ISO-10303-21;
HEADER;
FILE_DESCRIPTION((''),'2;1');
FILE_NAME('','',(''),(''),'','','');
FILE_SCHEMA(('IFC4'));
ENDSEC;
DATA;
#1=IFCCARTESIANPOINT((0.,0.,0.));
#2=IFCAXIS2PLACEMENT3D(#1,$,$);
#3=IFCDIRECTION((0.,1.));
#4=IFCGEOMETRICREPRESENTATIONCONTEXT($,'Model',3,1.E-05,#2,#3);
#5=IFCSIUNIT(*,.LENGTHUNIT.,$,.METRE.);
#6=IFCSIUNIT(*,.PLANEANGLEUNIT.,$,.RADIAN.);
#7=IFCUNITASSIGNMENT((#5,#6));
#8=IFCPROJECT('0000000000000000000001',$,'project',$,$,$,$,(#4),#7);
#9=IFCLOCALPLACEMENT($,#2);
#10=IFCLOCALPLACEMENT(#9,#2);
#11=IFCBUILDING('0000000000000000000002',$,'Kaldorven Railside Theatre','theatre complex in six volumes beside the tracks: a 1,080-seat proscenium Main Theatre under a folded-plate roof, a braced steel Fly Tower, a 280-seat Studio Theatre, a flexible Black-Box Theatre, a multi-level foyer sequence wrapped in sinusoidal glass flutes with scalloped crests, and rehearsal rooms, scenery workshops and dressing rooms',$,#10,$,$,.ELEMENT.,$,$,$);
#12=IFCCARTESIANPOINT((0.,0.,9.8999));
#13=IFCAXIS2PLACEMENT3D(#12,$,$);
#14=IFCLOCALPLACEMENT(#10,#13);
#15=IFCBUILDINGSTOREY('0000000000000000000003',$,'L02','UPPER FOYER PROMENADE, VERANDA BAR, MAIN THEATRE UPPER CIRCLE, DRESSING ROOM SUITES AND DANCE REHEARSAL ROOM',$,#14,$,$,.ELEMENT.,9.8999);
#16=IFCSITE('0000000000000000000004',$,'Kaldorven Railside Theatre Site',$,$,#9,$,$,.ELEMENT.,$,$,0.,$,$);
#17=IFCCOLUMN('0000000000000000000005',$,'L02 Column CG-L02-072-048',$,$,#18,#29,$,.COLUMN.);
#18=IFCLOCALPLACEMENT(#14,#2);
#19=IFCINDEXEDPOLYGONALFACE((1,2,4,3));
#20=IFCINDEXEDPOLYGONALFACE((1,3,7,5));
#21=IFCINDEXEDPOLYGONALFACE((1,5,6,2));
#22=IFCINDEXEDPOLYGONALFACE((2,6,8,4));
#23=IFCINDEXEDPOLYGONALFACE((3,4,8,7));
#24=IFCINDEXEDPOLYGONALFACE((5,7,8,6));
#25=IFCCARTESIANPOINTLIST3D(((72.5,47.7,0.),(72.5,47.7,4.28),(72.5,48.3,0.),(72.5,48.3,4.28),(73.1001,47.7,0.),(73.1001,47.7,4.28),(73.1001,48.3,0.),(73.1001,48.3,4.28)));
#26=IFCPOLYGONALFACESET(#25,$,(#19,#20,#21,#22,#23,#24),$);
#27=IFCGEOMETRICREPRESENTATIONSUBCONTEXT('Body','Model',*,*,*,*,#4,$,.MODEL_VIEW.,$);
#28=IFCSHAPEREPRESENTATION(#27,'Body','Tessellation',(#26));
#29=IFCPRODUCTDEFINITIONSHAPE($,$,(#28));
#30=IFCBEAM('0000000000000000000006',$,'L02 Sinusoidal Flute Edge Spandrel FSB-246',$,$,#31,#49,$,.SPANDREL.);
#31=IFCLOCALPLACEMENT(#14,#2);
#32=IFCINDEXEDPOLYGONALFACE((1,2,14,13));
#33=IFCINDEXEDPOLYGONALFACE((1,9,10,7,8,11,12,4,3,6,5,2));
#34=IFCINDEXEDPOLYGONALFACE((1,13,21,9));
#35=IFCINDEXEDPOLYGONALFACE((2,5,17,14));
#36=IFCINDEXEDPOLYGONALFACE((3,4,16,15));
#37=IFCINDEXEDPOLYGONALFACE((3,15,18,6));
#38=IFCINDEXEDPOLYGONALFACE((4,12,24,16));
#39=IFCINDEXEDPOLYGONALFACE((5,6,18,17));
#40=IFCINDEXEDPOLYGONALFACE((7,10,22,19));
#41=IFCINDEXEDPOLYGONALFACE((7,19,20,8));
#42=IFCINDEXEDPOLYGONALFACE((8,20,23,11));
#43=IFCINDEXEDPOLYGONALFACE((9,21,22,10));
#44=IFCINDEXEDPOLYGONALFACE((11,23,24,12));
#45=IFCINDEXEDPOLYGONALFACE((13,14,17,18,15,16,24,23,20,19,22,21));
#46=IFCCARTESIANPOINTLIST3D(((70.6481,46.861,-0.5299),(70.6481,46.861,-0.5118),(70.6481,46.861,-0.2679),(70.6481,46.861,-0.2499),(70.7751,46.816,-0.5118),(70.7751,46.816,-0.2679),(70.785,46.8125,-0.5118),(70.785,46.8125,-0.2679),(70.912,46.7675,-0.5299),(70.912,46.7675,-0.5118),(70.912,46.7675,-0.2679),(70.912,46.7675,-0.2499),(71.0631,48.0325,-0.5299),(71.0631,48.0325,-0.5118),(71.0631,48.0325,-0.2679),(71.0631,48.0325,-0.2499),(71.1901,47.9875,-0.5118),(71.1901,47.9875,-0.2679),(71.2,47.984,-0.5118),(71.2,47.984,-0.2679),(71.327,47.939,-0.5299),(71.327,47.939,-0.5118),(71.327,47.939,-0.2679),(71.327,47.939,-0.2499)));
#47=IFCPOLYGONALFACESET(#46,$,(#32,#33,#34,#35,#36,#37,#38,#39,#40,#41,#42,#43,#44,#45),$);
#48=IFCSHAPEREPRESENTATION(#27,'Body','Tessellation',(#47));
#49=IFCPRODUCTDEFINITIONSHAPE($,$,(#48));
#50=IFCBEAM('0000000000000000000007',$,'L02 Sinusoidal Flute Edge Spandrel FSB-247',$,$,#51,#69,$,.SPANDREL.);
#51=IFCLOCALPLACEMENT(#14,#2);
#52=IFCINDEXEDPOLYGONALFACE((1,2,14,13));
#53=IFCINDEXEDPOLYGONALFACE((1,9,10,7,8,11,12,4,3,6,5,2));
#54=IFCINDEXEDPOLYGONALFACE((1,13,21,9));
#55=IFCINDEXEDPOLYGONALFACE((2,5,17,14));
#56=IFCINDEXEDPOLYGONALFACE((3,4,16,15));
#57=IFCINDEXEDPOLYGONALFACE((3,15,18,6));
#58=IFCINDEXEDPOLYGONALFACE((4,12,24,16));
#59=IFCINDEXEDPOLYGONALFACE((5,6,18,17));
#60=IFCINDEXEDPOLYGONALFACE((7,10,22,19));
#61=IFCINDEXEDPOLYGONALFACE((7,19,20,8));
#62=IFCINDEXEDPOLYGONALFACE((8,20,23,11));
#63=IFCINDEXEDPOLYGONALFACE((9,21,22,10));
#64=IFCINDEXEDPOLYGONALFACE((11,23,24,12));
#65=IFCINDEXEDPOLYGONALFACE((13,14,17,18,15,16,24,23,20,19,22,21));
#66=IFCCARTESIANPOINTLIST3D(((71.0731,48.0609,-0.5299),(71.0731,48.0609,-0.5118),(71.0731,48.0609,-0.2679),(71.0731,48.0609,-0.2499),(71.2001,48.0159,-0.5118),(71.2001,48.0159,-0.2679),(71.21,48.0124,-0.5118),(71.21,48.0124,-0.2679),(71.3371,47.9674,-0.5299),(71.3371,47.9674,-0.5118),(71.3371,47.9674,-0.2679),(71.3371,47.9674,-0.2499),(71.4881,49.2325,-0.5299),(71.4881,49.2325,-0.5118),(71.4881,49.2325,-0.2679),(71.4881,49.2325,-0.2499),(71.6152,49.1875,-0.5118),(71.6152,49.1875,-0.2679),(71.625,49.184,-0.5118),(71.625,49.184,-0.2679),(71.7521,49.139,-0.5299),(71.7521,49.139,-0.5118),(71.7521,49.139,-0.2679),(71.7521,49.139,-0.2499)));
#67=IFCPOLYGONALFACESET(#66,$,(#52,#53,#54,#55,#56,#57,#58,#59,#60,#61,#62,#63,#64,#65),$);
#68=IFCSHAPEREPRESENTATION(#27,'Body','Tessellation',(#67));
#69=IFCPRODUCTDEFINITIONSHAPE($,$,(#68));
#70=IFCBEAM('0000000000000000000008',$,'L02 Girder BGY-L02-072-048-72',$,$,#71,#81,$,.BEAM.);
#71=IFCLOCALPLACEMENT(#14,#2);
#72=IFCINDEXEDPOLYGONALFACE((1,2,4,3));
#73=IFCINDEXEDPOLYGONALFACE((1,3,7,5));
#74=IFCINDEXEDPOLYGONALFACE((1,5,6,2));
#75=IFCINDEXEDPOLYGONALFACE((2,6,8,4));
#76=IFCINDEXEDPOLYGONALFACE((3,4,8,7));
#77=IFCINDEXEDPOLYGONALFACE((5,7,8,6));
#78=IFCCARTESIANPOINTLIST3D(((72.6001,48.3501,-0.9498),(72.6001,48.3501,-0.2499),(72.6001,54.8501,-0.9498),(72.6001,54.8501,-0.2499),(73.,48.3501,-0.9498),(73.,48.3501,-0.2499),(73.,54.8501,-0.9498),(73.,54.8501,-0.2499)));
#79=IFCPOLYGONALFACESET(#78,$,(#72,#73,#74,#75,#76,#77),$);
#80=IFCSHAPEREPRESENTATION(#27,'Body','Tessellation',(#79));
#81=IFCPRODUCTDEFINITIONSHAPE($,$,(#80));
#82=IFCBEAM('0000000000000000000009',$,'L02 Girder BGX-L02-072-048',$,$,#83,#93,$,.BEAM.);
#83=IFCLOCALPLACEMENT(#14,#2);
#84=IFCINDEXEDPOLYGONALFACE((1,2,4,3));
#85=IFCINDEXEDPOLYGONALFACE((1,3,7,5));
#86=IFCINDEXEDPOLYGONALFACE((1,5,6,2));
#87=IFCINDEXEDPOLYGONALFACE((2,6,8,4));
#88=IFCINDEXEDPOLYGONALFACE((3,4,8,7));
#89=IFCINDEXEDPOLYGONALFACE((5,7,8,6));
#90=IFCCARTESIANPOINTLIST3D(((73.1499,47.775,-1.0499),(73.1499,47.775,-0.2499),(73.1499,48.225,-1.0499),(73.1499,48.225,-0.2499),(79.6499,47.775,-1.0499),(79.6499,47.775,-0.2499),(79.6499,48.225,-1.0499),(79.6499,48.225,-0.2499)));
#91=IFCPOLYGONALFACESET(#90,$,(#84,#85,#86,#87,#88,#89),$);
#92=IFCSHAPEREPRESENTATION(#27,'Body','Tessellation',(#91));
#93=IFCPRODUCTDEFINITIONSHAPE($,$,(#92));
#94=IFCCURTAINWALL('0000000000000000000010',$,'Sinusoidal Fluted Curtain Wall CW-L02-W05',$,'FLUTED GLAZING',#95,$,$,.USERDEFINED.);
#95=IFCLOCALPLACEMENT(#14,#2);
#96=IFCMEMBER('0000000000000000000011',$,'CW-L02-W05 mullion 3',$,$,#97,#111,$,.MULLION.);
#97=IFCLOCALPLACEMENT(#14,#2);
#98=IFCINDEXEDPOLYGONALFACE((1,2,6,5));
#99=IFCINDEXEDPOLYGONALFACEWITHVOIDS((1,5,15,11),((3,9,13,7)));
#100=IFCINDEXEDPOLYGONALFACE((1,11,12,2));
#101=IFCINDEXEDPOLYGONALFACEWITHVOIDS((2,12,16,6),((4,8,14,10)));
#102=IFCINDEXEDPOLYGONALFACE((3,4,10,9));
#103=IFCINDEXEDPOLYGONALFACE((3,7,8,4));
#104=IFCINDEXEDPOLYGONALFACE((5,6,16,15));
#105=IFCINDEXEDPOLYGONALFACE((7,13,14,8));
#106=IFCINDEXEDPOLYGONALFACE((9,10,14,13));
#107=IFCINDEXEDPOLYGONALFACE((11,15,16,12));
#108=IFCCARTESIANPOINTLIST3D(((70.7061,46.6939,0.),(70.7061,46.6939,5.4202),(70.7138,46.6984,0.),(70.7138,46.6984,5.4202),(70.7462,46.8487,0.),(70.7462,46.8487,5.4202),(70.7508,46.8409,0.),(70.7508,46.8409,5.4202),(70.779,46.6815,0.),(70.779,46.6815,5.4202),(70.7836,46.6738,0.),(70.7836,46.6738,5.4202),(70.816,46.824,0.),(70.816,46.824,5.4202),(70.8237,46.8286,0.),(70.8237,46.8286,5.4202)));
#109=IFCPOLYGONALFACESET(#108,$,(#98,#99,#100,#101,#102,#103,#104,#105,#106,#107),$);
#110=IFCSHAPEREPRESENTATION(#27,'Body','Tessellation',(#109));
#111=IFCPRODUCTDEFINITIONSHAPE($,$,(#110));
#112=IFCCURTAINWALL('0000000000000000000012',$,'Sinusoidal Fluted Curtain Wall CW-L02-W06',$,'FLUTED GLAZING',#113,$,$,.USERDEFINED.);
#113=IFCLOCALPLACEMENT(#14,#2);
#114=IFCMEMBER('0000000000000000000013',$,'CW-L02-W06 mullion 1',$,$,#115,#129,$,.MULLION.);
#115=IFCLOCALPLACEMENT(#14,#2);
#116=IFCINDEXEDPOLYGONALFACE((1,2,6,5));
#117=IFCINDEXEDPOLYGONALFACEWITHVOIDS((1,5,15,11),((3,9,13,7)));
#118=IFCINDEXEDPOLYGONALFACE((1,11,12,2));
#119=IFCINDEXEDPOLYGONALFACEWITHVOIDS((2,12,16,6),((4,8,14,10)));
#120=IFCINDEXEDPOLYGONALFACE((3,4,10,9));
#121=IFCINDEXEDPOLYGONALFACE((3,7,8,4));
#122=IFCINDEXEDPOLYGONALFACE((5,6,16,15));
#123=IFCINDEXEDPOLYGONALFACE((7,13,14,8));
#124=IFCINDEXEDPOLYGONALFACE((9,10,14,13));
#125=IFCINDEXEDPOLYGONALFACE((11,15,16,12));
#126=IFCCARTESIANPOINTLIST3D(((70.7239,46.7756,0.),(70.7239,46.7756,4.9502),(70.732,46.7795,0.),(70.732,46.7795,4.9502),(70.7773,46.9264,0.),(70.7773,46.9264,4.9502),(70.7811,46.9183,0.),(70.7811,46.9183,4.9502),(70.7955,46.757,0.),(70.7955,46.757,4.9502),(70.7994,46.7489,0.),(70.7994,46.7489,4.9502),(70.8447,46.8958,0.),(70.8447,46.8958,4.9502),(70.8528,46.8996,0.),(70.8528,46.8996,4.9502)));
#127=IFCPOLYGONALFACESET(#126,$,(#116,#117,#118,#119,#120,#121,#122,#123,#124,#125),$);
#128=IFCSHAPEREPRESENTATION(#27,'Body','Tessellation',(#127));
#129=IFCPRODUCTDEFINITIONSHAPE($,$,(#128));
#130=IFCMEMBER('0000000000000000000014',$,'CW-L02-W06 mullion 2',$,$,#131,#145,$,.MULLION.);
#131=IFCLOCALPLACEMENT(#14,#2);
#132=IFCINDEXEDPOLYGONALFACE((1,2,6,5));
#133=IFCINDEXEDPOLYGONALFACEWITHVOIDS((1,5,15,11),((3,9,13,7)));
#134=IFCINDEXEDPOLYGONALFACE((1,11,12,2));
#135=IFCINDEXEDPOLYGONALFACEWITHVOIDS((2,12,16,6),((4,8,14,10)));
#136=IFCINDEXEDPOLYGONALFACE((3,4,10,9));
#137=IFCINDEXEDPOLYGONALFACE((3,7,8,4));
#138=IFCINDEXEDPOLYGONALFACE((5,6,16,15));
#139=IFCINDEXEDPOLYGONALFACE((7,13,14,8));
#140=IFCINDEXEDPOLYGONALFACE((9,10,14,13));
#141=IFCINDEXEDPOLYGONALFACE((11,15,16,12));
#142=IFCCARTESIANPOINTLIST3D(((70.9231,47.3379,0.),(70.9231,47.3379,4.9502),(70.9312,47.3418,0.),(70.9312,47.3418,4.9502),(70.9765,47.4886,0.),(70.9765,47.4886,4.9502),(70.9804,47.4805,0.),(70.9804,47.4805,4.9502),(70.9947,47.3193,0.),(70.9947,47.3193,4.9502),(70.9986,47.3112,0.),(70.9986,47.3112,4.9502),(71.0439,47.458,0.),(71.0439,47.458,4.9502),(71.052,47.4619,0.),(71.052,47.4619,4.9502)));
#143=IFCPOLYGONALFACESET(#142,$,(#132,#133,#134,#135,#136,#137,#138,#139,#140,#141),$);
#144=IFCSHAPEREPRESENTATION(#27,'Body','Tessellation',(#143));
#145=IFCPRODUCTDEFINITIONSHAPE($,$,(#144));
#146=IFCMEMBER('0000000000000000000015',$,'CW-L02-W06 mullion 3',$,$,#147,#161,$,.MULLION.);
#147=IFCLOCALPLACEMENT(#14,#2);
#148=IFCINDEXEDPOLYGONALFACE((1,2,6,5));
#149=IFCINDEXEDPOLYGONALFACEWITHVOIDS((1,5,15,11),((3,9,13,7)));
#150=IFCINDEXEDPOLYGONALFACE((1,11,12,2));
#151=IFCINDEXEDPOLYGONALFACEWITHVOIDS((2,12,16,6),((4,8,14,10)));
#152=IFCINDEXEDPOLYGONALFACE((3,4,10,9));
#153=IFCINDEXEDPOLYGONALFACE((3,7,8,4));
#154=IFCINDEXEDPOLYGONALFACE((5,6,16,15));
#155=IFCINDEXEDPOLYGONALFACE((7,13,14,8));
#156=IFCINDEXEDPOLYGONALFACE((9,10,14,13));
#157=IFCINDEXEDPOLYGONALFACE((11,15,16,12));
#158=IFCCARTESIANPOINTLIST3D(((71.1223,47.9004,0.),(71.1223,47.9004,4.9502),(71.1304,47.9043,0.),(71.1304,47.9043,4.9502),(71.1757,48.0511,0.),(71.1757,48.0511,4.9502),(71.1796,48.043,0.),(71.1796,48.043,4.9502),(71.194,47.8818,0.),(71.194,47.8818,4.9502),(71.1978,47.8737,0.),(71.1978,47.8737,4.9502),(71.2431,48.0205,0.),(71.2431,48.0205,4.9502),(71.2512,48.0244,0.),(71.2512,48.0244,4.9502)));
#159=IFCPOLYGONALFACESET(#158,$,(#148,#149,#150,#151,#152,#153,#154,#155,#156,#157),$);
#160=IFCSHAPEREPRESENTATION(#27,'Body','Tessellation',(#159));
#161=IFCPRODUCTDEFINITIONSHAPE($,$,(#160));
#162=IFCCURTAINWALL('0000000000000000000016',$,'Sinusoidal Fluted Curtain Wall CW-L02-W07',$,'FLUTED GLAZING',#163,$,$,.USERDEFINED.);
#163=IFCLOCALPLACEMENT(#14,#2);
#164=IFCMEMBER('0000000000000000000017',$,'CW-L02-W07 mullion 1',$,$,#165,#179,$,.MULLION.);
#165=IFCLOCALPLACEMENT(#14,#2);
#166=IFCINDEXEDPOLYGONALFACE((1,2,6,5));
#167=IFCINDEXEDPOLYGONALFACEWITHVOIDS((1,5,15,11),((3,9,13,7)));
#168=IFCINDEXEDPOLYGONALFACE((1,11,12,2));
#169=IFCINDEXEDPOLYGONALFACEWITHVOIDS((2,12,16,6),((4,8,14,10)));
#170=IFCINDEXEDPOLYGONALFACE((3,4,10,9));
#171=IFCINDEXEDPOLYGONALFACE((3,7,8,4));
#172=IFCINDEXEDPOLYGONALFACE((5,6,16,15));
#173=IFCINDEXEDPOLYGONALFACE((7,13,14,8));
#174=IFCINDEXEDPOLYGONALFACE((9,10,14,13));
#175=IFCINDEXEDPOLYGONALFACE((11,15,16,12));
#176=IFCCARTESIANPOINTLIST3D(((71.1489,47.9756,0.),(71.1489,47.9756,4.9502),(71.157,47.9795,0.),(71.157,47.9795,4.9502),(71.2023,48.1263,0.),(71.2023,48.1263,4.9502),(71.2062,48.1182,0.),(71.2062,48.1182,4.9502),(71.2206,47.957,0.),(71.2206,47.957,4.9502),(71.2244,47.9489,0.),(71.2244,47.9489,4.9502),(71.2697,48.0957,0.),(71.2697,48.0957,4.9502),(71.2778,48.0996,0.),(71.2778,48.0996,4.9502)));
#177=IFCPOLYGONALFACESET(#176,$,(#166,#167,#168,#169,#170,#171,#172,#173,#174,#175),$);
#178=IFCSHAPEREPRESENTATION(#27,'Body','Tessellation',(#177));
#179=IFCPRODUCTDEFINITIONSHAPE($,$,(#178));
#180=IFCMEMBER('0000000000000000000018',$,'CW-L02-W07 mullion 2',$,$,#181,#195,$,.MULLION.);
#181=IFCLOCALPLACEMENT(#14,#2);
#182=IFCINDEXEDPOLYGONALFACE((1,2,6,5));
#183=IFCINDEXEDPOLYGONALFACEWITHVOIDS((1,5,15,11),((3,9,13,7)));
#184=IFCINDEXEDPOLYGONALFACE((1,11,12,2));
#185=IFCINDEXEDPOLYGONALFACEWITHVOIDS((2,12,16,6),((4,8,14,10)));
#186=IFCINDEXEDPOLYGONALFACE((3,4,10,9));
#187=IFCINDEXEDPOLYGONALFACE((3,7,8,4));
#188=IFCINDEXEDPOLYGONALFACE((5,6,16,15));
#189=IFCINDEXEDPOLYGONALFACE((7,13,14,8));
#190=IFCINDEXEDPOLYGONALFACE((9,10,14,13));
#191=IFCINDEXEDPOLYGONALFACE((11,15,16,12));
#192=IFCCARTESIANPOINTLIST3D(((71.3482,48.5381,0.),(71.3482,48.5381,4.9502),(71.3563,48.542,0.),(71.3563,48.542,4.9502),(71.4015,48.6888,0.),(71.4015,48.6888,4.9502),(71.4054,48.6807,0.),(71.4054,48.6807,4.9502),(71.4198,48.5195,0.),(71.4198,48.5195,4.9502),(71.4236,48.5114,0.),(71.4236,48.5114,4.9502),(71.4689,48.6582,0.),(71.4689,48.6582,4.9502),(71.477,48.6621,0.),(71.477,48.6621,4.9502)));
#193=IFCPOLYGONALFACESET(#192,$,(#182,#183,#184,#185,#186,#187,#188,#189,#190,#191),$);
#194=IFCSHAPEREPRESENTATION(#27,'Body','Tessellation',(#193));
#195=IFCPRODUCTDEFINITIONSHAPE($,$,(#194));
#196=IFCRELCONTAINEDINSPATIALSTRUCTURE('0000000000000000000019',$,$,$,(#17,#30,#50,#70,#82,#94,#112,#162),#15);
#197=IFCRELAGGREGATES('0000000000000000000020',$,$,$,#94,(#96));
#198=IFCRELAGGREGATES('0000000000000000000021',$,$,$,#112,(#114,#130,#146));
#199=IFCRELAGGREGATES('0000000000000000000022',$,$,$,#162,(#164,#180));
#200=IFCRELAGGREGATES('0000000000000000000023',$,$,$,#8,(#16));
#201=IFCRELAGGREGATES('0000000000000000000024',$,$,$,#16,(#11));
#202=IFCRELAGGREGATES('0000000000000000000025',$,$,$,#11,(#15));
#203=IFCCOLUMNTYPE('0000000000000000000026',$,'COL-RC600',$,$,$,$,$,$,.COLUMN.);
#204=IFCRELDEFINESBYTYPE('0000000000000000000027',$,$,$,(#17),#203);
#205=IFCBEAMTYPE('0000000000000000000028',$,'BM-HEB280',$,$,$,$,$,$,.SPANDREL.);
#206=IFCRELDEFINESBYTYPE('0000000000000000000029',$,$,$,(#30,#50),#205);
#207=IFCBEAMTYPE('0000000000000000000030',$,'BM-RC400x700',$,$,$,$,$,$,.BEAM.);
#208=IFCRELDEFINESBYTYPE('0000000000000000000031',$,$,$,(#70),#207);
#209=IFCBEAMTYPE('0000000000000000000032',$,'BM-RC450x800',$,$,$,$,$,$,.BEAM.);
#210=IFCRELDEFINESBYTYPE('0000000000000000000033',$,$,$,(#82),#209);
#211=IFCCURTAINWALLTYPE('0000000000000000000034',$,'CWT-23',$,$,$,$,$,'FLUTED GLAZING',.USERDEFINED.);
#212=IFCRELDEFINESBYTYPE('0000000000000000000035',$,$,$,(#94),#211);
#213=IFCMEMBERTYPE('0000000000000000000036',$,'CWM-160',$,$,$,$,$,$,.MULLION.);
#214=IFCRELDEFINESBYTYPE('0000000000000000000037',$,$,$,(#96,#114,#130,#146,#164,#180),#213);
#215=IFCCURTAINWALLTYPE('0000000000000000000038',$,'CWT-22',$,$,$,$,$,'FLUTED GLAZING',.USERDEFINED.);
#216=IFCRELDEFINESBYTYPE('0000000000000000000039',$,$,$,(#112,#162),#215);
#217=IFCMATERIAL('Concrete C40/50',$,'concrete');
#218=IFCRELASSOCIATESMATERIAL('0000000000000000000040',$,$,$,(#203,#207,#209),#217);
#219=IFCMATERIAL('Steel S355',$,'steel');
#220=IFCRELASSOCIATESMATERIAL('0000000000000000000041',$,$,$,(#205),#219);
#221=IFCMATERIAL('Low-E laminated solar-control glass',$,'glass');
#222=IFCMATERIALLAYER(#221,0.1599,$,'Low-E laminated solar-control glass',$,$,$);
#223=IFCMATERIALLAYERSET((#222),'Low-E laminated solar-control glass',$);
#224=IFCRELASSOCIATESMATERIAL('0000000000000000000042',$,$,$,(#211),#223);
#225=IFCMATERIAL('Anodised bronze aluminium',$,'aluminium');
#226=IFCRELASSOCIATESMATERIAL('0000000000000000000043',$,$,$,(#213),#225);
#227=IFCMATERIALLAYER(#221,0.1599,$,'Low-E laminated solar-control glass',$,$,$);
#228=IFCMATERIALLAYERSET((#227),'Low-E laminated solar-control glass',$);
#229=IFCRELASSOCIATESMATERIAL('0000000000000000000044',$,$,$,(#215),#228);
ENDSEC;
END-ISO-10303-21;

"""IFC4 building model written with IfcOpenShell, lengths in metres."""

from ifc_helpers import new_model, si_unit, direction, frame, origin, origin_2d, place, context, subcontext, project, spatial, rectangle, hollow_rectangle, i_section, extrude, material, layer, layer_set, material_profile, profile_set, type_object, element, aggregate, save


model = new_model("IFC4")

# Units and contexts
model_context = context("Model", 3, precision=1e-05, world=origin(), true_north=direction((0.0, 1.0)))
body_context = subcontext(model_context, "Body", "Model", "MODEL_VIEW")
ifc_project = project(units=[si_unit("LENGTHUNIT", "METRE"), si_unit("PLANEANGLEUNIT", "RADIAN")], contexts=[model_context])

# Site, building, storey
site_placement = place(None, origin())
site = spatial("IfcSite", under=ifc_project, at=site_placement, Name="Kaldorven Railside Theatre Site", CompositionType="ELEMENT", RefElevation=0.0)
building_placement = place(site_placement, origin())
building = spatial("IfcBuilding", under=site, at=building_placement, Name="Kaldorven Railside Theatre", Description="theatre complex in six volumes beside the tracks: a 1,080-seat proscenium Main Theatre under a folded-plate roof, a braced steel Fly Tower, a 280-seat Studio Theatre, a flexible Black-Box Theatre, a multi-level foyer sequence wrapped in sinusoidal glass flutes with scalloped crests, and rehearsal rooms, scenery workshops and dressing rooms", CompositionType="ELEMENT")
storey_placement = place(building_placement, frame((0.0, 0.0, 9.8999)))
storey = spatial("IfcBuildingStorey", under=building, at=storey_placement, Name="L02", Description="UPPER FOYER PROMENADE, VERANDA BAR, MAIN THEATRE UPPER CIRCLE, DRESSING ROOM SUITES AND DANCE REHEARSAL ROOM", CompositionType="ELEMENT", Elevation=9.8999)

# Column
ifc_material_1 = material(Name="Concrete C40/50", Category="concrete")
ifc_material_profile_1 = material_profile(ifc_material_1, rectangle(XDim=0.6001, YDim=0.6001, at=origin_2d()), Name="RC 600x600")
ifc_profile_set_1 = profile_set([ifc_material_profile_1], Name="Concrete C40/50")
column_type = type_object("IfcColumnType", Name="COL-RC600", PredefinedType="COLUMN", material=ifc_profile_set_1)
column_placement = place(storey_placement, frame((72.8, 48.0, 0.0), z_axis=(0.0, 0.0, 1.0), x_axis=(1.0, 0.0, 0.0)))
element("IfcColumn", 1, at=column_placement, inside=storey, type_object=column_type, Name="L02 Column CG-L02-072-048", PredefinedType="COLUMN", context=body_context, shape_type="SweptSolid", body=[
    extrude(rectangle(XDim=0.6001, YDim=0.6001, at=origin_2d()), origin(), (0.0, 0.0, 1.0), 4.28),
])

# Beams
ifc_material_2 = material(Name="Steel S355", Category="steel")
ifc_material_profile_2 = material_profile(ifc_material_2, i_section(OverallWidth=0.28, OverallDepth=0.28, WebThickness=0.0105, FlangeThickness=0.0181, at=origin_2d()), Name="HEB 280")
ifc_profile_set_2 = profile_set([ifc_material_profile_2], Name="Steel S355")
beam_type_1 = type_object("IfcBeamType", Name="BM-HEB280", PredefinedType="SPANDREL", material=ifc_profile_set_2)
for number, where, z_axis, x_axis, name in (
    (2, (70.78, 46.8142, -0.3899), (0.333909, 0.942605, 0.0), (-0.942605, 0.333909, 0.0), "L02 Sinusoidal Flute Edge Spandrel FSB-246"),
    (3, (71.2051, 48.0142, -0.3899), (0.333909, 0.942605, 0.0), (-0.942605, 0.333909, 0.0), "L02 Sinusoidal Flute Edge Spandrel FSB-247"),
):
    element("IfcBeam", number, at=place(storey_placement, frame(where, z_axis=z_axis, x_axis=x_axis)), inside=storey, type_object=beam_type_1, Name=name, PredefinedType="SPANDREL", context=body_context, shape_type="SweptSolid", body=[
        extrude(i_section(OverallWidth=0.28, OverallDepth=0.28, WebThickness=0.0105, FlangeThickness=0.0181, at=origin_2d()), origin(), (0.0, 0.0, 1.0), 1.2429),
    ])
ifc_material_profile_3 = material_profile(ifc_material_1, rectangle(XDim=0.3999, YDim=0.7, at=origin_2d()), Name="RC 400x700")
ifc_profile_set_3 = profile_set([ifc_material_profile_3], Name="Concrete C40/50")
beam_type_2 = type_object("IfcBeamType", Name="BM-RC400x700", PredefinedType="BEAM", material=ifc_profile_set_3)
beam_1_placement = place(storey_placement, frame((72.8, 48.3501, -0.5999), z_axis=(0.0, 1.0, 0.0), x_axis=(-1.0, 0.0, 0.0)))
element("IfcBeam", 4, at=beam_1_placement, inside=storey, type_object=beam_type_2, Name="L02 Girder BGY-L02-072-048-72", PredefinedType="BEAM", context=body_context, shape_type="SweptSolid", body=[
    extrude(rectangle(XDim=0.3999, YDim=0.7, at=origin_2d()), origin(), (0.0, 0.0, 1.0), 6.5),
])
ifc_material_profile_4 = material_profile(ifc_material_1, rectangle(XDim=0.45, YDim=0.8, at=origin_2d()), Name="RC 450x800")
ifc_profile_set_4 = profile_set([ifc_material_profile_4], Name="Concrete C40/50")
beam_type_3 = type_object("IfcBeamType", Name="BM-RC450x800", PredefinedType="BEAM", material=ifc_profile_set_4)
beam_2_placement = place(storey_placement, frame((73.1499, 48.0, -0.6499), z_axis=(1.0, 0.0, 0.0), x_axis=(0.0, 1.0, 0.0)))
element("IfcBeam", 5, at=beam_2_placement, inside=storey, type_object=beam_type_3, Name="L02 Girder BGX-L02-072-048", PredefinedType="BEAM", context=body_context, shape_type="SweptSolid", body=[
    extrude(rectangle(XDim=0.45, YDim=0.8, at=origin_2d()), origin(), (0.0, 0.0, 1.0), 6.5),
])

# Curtain wall, member
ifc_material_3 = material(Name="Low-E laminated solar-control glass", Category="glass")
ifc_layer_1 = layer(ifc_material_3, 0.1599, Name="Low-E laminated solar-control glass")
ifc_layer_set_1 = layer_set([ifc_layer_1], Name="Low-E laminated solar-control glass")
curtain_wall_type_1 = type_object("IfcCurtainWallType", Name="CWT-23", ElementType="FLUTED GLAZING", PredefinedType="USERDEFINED", material=ifc_layer_set_1)
curtain_wall_1_placement = place(storey_placement, origin())
curtain_wall_1 = element("IfcCurtainWall", 6, at=curtain_wall_1_placement, inside=storey, type_object=curtain_wall_type_1, Name="Sinusoidal Fluted Curtain Wall CW-L02-W05", ObjectType="FLUTED GLAZING", PredefinedType="USERDEFINED")
ifc_material_4 = material(Name="Anodised bronze aluminium", Category="aluminium")
ifc_material_profile_5 = material_profile(ifc_material_4, hollow_rectangle(XDim=0.0801, YDim=0.1599, WallThickness=0.0063, at=origin_2d()), Name="RHS 160x80x6.3")
ifc_profile_set_5 = profile_set([ifc_material_profile_5], Name="Anodised bronze aluminium")
member_type_1 = type_object("IfcMemberType", Name="CWM-160", PredefinedType="MULLION", material=ifc_profile_set_5)
member_1_placement = place(storey_placement, frame((70.7649, 46.7612, 0.0), z_axis=(0.0, 0.0, 1.0), x_axis=(-0.967999, 0.250954, 0.0)))
member_1 = element("IfcMember", 7, at=member_1_placement, type_object=member_type_1, Name="CW-L02-W05 mullion 3", PredefinedType="MULLION", context=body_context, shape_type="SweptSolid", body=[
    extrude(hollow_rectangle(XDim=0.0801, YDim=0.1599, WallThickness=0.0063, at=origin_2d()), origin(), (0.0, 0.0, 1.0), 5.4202),
])
aggregate(curtain_wall_1, [member_1])

# Curtain walls, members
ifc_layer_2 = layer(ifc_material_3, 0.1599, Name="Low-E laminated solar-control glass")
ifc_layer_set_2 = layer_set([ifc_layer_2], Name="Low-E laminated solar-control glass")
curtain_wall_type_2 = type_object("IfcCurtainWallType", Name="CWT-22", ElementType="FLUTED GLAZING", PredefinedType="USERDEFINED", material=ifc_layer_set_2)
curtain_wall_2_placement = place(storey_placement, origin())
curtain_wall_2 = element("IfcCurtainWall", 8, at=curtain_wall_2_placement, inside=storey, type_object=curtain_wall_type_2, Name="Sinusoidal Fluted Curtain Wall CW-L02-W06", ObjectType="FLUTED GLAZING", PredefinedType="USERDEFINED")
member_2_placement = place(storey_placement, frame((70.7883, 46.8376, 0.0), z_axis=(0.0, 0.0, 1.0), x_axis=(-0.942627, 0.333847, 0.0)))
member_2 = element("IfcMember", 9, at=member_2_placement, type_object=member_type_1, Name="CW-L02-W06 mullion 1", PredefinedType="MULLION", context=body_context, shape_type="SweptSolid", body=[
    extrude(hollow_rectangle(XDim=0.0801, YDim=0.1599, WallThickness=0.0063, at=origin_2d()), origin(), (0.0, 0.0, 1.0), 4.9502),
])
member_3_placement = place(storey_placement, frame((70.9875, 47.3999, 0.0), z_axis=(0.0, 0.0, 1.0), x_axis=(-0.942627, 0.333847, 0.0)))
member_3 = element("IfcMember", 10, at=member_3_placement, type_object=member_type_1, Name="CW-L02-W06 mullion 2", PredefinedType="MULLION", context=body_context, shape_type="SweptSolid", body=[
    extrude(hollow_rectangle(XDim=0.0801, YDim=0.1599, WallThickness=0.0063, at=origin_2d()), origin(), (0.0, 0.0, 1.0), 4.9502),
])
member_4_placement = place(storey_placement, frame((71.1868, 47.9624, 0.0), z_axis=(0.0, 0.0, 1.0), x_axis=(-0.942627, 0.333847, 0.0)))
member_4 = element("IfcMember", 11, at=member_4_placement, type_object=member_type_1, Name="CW-L02-W06 mullion 3", PredefinedType="MULLION", context=body_context, shape_type="SweptSolid", body=[
    extrude(hollow_rectangle(XDim=0.0801, YDim=0.1599, WallThickness=0.0063, at=origin_2d()), origin(), (0.0, 0.0, 1.0), 4.9502),
])
curtain_wall_3_placement = place(storey_placement, origin())
curtain_wall_3 = element("IfcCurtainWall", 12, at=curtain_wall_3_placement, inside=storey, type_object=curtain_wall_type_2, Name="Sinusoidal Fluted Curtain Wall CW-L02-W07", ObjectType="FLUTED GLAZING", PredefinedType="USERDEFINED")
member_5_placement = place(storey_placement, frame((71.2134, 48.0376, 0.0), z_axis=(0.0, 0.0, 1.0), x_axis=(-0.942627, 0.333847, 0.0)))
member_5 = element("IfcMember", 13, at=member_5_placement, type_object=member_type_1, Name="CW-L02-W07 mullion 1", PredefinedType="MULLION", context=body_context, shape_type="SweptSolid", body=[
    extrude(hollow_rectangle(XDim=0.0801, YDim=0.1599, WallThickness=0.0063, at=origin_2d()), origin(), (0.0, 0.0, 1.0), 4.9502),
])
member_6_placement = place(storey_placement, frame((71.4126, 48.6001, 0.0), z_axis=(0.0, 0.0, 1.0), x_axis=(-0.942627, 0.333847, 0.0)))
member_6 = element("IfcMember", 14, at=member_6_placement, type_object=member_type_1, Name="CW-L02-W07 mullion 2", PredefinedType="MULLION", context=body_context, shape_type="SweptSolid", body=[
    extrude(hollow_rectangle(XDim=0.0801, YDim=0.1599, WallThickness=0.0063, at=origin_2d()), origin(), (0.0, 0.0, 1.0), 4.9502),
])

aggregate(curtain_wall_2, [member_2, member_3, member_4])
aggregate(curtain_wall_3, [member_5, member_6])

save(model, "model.ifc")
